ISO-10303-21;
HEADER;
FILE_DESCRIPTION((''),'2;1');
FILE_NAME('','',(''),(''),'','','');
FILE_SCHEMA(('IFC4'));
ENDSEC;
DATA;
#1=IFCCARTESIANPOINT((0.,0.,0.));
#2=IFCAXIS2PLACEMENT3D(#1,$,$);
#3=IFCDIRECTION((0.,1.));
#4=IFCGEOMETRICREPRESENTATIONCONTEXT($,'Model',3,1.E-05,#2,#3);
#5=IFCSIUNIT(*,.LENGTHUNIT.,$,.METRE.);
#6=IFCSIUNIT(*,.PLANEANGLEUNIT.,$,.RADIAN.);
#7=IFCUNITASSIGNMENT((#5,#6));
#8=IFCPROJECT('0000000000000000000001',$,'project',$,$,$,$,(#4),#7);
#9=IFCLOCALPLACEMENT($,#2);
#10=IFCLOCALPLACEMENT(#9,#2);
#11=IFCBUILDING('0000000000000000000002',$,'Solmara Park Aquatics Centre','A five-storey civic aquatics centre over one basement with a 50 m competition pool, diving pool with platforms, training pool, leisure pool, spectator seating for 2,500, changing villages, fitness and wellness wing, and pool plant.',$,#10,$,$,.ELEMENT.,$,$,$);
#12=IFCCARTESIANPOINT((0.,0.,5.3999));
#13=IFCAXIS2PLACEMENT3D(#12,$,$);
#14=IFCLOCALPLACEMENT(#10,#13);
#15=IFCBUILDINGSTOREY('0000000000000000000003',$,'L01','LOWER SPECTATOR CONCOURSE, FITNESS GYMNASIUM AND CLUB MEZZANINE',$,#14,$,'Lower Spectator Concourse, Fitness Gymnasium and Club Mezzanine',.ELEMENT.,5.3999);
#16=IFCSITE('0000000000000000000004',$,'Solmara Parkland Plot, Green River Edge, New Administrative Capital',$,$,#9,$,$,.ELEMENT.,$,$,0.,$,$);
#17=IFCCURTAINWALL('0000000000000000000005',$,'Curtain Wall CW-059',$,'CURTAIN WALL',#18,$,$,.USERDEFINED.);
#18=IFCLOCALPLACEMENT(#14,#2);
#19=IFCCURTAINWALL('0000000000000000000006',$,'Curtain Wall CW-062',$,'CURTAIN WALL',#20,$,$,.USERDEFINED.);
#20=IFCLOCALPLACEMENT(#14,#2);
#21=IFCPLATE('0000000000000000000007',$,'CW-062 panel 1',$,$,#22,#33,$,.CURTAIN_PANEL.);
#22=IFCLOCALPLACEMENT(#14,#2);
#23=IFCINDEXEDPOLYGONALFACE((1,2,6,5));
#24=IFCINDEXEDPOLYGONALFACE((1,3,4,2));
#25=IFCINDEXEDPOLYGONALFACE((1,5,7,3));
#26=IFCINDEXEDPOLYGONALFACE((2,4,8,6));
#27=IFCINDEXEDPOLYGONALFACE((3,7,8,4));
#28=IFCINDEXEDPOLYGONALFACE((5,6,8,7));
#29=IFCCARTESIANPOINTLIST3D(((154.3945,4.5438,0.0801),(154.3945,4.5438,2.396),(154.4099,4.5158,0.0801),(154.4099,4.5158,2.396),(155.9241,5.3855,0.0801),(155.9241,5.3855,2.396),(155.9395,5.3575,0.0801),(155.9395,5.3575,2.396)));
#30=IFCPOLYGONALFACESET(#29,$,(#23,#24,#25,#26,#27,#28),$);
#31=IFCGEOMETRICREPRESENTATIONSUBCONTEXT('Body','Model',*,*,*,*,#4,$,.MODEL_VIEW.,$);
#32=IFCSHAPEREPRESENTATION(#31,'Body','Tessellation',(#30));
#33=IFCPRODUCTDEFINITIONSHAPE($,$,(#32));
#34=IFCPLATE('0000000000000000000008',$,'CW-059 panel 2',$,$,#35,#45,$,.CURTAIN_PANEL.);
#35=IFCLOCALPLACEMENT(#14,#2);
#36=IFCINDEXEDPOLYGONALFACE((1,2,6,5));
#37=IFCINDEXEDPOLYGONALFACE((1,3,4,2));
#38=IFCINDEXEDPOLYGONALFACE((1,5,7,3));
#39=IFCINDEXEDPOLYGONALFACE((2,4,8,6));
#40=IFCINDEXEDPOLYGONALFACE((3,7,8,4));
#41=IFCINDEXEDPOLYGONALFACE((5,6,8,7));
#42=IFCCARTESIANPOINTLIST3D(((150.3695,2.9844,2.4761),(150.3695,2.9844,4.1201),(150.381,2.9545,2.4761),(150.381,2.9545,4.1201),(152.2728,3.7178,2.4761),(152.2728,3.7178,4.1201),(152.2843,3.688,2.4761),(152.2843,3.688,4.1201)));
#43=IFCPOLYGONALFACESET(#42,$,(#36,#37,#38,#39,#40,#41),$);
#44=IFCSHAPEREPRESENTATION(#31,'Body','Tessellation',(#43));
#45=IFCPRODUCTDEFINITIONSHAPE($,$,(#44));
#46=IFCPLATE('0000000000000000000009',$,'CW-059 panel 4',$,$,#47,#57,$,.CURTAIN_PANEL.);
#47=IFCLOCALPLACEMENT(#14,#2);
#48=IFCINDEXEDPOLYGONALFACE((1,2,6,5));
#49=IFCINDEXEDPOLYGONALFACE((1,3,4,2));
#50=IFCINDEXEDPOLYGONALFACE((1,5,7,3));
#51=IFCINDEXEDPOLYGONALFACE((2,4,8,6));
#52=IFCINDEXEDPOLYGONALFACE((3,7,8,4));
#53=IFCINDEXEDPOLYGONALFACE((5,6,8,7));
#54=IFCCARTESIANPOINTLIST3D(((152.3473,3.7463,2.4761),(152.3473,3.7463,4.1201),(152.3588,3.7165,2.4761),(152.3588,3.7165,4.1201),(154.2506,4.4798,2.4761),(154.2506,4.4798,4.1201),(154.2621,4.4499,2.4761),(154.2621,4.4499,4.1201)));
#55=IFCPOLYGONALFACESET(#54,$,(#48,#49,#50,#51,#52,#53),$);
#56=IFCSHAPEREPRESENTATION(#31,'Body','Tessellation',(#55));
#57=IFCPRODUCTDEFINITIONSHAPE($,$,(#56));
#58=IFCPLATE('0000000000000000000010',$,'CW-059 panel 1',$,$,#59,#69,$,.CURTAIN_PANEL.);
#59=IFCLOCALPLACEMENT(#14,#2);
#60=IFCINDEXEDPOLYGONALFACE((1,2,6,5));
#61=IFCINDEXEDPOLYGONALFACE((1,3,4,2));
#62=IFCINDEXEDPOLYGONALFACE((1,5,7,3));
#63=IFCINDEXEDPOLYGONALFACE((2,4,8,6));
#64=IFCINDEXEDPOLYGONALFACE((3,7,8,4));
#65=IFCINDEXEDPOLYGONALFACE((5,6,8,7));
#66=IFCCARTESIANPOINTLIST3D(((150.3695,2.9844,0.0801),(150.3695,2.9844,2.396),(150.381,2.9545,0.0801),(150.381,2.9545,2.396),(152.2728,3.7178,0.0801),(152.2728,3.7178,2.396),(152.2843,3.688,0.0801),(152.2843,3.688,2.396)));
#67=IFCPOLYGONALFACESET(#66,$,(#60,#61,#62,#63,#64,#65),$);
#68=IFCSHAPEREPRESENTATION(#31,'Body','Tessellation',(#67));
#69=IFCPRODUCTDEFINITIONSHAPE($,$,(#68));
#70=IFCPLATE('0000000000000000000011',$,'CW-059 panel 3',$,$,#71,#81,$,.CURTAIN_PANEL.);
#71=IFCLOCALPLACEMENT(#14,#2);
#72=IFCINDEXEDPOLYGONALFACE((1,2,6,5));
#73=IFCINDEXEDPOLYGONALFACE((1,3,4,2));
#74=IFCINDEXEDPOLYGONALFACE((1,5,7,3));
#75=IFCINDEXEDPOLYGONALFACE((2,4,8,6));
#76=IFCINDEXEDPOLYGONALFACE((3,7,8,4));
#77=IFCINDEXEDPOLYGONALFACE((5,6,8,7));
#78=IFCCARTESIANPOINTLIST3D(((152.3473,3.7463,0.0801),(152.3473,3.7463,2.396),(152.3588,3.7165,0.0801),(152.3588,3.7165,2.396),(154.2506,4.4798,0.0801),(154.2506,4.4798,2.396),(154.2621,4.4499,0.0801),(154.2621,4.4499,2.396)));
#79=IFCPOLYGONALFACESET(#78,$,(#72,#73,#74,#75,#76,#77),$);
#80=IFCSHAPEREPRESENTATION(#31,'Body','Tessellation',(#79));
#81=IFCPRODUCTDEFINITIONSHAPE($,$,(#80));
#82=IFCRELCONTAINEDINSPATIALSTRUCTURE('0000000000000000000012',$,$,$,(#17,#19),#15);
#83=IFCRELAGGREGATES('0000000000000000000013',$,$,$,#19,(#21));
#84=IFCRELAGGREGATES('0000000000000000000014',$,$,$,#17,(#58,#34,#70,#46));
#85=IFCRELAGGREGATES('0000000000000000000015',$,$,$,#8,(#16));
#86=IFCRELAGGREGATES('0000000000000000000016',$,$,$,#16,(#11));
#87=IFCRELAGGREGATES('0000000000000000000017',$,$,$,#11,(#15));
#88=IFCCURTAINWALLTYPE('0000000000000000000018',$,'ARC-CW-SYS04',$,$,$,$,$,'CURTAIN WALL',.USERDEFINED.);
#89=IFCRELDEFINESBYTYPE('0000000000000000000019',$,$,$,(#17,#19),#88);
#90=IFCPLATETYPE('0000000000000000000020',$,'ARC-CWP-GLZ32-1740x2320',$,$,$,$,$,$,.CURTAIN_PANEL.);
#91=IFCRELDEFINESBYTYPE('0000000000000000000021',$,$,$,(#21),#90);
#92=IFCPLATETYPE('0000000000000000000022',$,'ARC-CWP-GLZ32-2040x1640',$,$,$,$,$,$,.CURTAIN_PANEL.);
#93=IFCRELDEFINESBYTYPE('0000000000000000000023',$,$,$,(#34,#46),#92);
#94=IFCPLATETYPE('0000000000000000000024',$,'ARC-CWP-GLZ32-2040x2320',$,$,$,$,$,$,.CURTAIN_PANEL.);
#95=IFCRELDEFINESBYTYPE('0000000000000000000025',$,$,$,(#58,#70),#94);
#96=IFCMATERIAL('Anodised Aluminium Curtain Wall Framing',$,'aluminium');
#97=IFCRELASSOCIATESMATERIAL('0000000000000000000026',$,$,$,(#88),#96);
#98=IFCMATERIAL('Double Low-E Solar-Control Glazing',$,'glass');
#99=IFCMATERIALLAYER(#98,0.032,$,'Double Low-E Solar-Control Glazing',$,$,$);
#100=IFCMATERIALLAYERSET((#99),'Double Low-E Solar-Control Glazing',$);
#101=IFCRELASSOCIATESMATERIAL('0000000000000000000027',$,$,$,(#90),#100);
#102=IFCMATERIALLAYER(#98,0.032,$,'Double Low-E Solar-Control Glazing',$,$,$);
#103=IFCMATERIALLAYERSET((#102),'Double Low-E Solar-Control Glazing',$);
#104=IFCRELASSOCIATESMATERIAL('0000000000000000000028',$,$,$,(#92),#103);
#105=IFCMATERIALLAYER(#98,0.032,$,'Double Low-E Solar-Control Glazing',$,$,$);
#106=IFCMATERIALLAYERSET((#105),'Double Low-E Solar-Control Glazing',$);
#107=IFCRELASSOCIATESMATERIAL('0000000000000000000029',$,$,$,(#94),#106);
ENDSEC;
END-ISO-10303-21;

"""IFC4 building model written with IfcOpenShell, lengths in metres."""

from ifc_helpers import new_model, si_unit, direction, frame, origin, origin_2d, place, context, subcontext, project, spatial, rectangle, extrude, material, layer, layer_set, type_object, element, aggregate, save


model = new_model("IFC4")

# Units and contexts
model_context = context("Model", 3, precision=1e-05, world=origin(), true_north=direction((0.0, 1.0)))
body_context = subcontext(model_context, "Body", "Model", "MODEL_VIEW")
ifc_project = project(units=[si_unit("LENGTHUNIT", "METRE"), si_unit("PLANEANGLEUNIT", "RADIAN")], contexts=[model_context])

# Site, building, storey
site_placement = place(None, origin())
site = spatial("IfcSite", under=ifc_project, at=site_placement, Name="Solmara Parkland Plot, Green River Edge, New Administrative Capital", CompositionType="ELEMENT", RefElevation=0.0)
building_placement = place(site_placement, origin())
building = spatial("IfcBuilding", under=site, at=building_placement, Name="Solmara Park Aquatics Centre", Description="A five-storey civic aquatics centre over one basement with a 50 m competition pool, diving pool with platforms, training pool, leisure pool, spectator seating for 2,500, changing villages, fitness and wellness wing, and pool plant.", CompositionType="ELEMENT")
storey_placement = place(building_placement, frame((0.0, 0.0, 5.3999)))
storey = spatial("IfcBuildingStorey", under=building, at=storey_placement, Name="L01", Description="LOWER SPECTATOR CONCOURSE, FITNESS GYMNASIUM AND CLUB MEZZANINE", LongName="Lower Spectator Concourse, Fitness Gymnasium and Club Mezzanine", CompositionType="ELEMENT", Elevation=5.3999)

# Curtain wall
ifc_material_1 = material(Name="Anodised Aluminium Curtain Wall Framing", Category="aluminium")
curtain_wall_type = type_object("IfcCurtainWallType", Name="ARC-CW-SYS04", ElementType="CURTAIN WALL", PredefinedType="USERDEFINED", material=ifc_material_1)
curtain_wall_1_placement = place(storey_placement, origin())
curtain_wall_1 = element("IfcCurtainWall", 1, at=curtain_wall_1_placement, inside=storey, type_object=curtain_wall_type, Name="Curtain Wall CW-059", ObjectType="CURTAIN WALL", PredefinedType="USERDEFINED")

# Curtain wall
curtain_wall_2_placement = place(storey_placement, origin())
curtain_wall_2 = element("IfcCurtainWall", 2, at=curtain_wall_2_placement, inside=storey, type_object=curtain_wall_type, Name="Curtain Wall CW-062", ObjectType="CURTAIN WALL", PredefinedType="USERDEFINED")

# Plates
ifc_material_2 = material(Name="Double Low-E Solar-Control Glazing", Category="glass")
ifc_layer_1 = layer(ifc_material_2, 0.032, Name="Double Low-E Solar-Control Glazing")
ifc_layer_set_1 = layer_set([ifc_layer_1], Name="Double Low-E Solar-Control Glazing")
plate_type_1 = type_object("IfcPlateType", Name="ARC-CWP-GLZ32-1740x2320", PredefinedType="CURTAIN_PANEL", material=ifc_layer_set_1)
plate_1_placement = place(storey_placement, frame((155.167, 4.9507, 0.0801), z_axis=(0.0, 0.0, 1.0), x_axis=(0.876105, 0.482121, 0.0)))
plate_1 = element("IfcPlate", 3, at=plate_1_placement, type_object=plate_type_1, Name="CW-062 panel 1", PredefinedType="CURTAIN_PANEL", context=body_context, shape_type="SweptSolid", body=[
    extrude(rectangle(XDim=1.7458, YDim=0.032, at=origin_2d()), origin(), (0.0, 0.0, 1.0), 2.3159),
])
aggregate(curtain_wall_2, [plate_1])
ifc_layer_2 = layer(ifc_material_2, 0.032, Name="Double Low-E Solar-Control Glazing")
ifc_layer_set_2 = layer_set([ifc_layer_2], Name="Double Low-E Solar-Control Glazing")
plate_type_2 = type_object("IfcPlateType", Name="ARC-CWP-GLZ32-2040x1640", PredefinedType="CURTAIN_PANEL", material=ifc_layer_set_2)
plate_2_placement = place(storey_placement, frame((151.3269, 3.3362, 2.4761), z_axis=(0.0, 0.0, 1.0), x_axis=(0.93312, 0.359565, 0.0)))
plate_2 = element("IfcPlate", 4, at=plate_2_placement, type_object=plate_type_2, Name="CW-059 panel 2", PredefinedType="CURTAIN_PANEL", context=body_context, shape_type="SweptSolid", body=[
    extrude(rectangle(XDim=2.0398, YDim=0.032, at=origin_2d()), origin(), (0.0, 0.0, 1.0), 1.644),
])
plate_3_placement = place(storey_placement, frame((153.3047, 4.0981, 2.4761), z_axis=(0.0, 0.0, 1.0), x_axis=(0.93312, 0.359565, 0.0)))
plate_3 = element("IfcPlate", 5, at=plate_3_placement, type_object=plate_type_2, Name="CW-059 panel 4", PredefinedType="CURTAIN_PANEL", context=body_context, shape_type="SweptSolid", body=[
    extrude(rectangle(XDim=2.0398, YDim=0.032, at=origin_2d()), origin(), (0.0, 0.0, 1.0), 1.644),
])
ifc_layer_3 = layer(ifc_material_2, 0.032, Name="Double Low-E Solar-Control Glazing")
ifc_layer_set_3 = layer_set([ifc_layer_3], Name="Double Low-E Solar-Control Glazing")
plate_type_3 = type_object("IfcPlateType", Name="ARC-CWP-GLZ32-2040x2320", PredefinedType="CURTAIN_PANEL", material=ifc_layer_set_3)
plate_4_placement = place(storey_placement, frame((151.3269, 3.3362, 0.0801), z_axis=(0.0, 0.0, 1.0), x_axis=(0.93312, 0.359565, 0.0)))
plate_4 = element("IfcPlate", 6, at=plate_4_placement, type_object=plate_type_3, Name="CW-059 panel 1", PredefinedType="CURTAIN_PANEL", context=body_context, shape_type="SweptSolid", body=[
    extrude(rectangle(XDim=2.0398, YDim=0.032, at=origin_2d()), origin(), (0.0, 0.0, 1.0), 2.3159),
])
plate_5_placement = place(storey_placement, frame((153.3047, 4.0981, 0.0801), z_axis=(0.0, 0.0, 1.0), x_axis=(0.93312, 0.359565, 0.0)))
plate_5 = element("IfcPlate", 7, at=plate_5_placement, type_object=plate_type_3, Name="CW-059 panel 3", PredefinedType="CURTAIN_PANEL", context=body_context, shape_type="SweptSolid", body=[
    extrude(rectangle(XDim=2.0398, YDim=0.032, at=origin_2d()), origin(), (0.0, 0.0, 1.0), 2.3159),
])
aggregate(curtain_wall_1, [plate_4, plate_2, plate_5, plate_3])

save(model, "model.ifc")
